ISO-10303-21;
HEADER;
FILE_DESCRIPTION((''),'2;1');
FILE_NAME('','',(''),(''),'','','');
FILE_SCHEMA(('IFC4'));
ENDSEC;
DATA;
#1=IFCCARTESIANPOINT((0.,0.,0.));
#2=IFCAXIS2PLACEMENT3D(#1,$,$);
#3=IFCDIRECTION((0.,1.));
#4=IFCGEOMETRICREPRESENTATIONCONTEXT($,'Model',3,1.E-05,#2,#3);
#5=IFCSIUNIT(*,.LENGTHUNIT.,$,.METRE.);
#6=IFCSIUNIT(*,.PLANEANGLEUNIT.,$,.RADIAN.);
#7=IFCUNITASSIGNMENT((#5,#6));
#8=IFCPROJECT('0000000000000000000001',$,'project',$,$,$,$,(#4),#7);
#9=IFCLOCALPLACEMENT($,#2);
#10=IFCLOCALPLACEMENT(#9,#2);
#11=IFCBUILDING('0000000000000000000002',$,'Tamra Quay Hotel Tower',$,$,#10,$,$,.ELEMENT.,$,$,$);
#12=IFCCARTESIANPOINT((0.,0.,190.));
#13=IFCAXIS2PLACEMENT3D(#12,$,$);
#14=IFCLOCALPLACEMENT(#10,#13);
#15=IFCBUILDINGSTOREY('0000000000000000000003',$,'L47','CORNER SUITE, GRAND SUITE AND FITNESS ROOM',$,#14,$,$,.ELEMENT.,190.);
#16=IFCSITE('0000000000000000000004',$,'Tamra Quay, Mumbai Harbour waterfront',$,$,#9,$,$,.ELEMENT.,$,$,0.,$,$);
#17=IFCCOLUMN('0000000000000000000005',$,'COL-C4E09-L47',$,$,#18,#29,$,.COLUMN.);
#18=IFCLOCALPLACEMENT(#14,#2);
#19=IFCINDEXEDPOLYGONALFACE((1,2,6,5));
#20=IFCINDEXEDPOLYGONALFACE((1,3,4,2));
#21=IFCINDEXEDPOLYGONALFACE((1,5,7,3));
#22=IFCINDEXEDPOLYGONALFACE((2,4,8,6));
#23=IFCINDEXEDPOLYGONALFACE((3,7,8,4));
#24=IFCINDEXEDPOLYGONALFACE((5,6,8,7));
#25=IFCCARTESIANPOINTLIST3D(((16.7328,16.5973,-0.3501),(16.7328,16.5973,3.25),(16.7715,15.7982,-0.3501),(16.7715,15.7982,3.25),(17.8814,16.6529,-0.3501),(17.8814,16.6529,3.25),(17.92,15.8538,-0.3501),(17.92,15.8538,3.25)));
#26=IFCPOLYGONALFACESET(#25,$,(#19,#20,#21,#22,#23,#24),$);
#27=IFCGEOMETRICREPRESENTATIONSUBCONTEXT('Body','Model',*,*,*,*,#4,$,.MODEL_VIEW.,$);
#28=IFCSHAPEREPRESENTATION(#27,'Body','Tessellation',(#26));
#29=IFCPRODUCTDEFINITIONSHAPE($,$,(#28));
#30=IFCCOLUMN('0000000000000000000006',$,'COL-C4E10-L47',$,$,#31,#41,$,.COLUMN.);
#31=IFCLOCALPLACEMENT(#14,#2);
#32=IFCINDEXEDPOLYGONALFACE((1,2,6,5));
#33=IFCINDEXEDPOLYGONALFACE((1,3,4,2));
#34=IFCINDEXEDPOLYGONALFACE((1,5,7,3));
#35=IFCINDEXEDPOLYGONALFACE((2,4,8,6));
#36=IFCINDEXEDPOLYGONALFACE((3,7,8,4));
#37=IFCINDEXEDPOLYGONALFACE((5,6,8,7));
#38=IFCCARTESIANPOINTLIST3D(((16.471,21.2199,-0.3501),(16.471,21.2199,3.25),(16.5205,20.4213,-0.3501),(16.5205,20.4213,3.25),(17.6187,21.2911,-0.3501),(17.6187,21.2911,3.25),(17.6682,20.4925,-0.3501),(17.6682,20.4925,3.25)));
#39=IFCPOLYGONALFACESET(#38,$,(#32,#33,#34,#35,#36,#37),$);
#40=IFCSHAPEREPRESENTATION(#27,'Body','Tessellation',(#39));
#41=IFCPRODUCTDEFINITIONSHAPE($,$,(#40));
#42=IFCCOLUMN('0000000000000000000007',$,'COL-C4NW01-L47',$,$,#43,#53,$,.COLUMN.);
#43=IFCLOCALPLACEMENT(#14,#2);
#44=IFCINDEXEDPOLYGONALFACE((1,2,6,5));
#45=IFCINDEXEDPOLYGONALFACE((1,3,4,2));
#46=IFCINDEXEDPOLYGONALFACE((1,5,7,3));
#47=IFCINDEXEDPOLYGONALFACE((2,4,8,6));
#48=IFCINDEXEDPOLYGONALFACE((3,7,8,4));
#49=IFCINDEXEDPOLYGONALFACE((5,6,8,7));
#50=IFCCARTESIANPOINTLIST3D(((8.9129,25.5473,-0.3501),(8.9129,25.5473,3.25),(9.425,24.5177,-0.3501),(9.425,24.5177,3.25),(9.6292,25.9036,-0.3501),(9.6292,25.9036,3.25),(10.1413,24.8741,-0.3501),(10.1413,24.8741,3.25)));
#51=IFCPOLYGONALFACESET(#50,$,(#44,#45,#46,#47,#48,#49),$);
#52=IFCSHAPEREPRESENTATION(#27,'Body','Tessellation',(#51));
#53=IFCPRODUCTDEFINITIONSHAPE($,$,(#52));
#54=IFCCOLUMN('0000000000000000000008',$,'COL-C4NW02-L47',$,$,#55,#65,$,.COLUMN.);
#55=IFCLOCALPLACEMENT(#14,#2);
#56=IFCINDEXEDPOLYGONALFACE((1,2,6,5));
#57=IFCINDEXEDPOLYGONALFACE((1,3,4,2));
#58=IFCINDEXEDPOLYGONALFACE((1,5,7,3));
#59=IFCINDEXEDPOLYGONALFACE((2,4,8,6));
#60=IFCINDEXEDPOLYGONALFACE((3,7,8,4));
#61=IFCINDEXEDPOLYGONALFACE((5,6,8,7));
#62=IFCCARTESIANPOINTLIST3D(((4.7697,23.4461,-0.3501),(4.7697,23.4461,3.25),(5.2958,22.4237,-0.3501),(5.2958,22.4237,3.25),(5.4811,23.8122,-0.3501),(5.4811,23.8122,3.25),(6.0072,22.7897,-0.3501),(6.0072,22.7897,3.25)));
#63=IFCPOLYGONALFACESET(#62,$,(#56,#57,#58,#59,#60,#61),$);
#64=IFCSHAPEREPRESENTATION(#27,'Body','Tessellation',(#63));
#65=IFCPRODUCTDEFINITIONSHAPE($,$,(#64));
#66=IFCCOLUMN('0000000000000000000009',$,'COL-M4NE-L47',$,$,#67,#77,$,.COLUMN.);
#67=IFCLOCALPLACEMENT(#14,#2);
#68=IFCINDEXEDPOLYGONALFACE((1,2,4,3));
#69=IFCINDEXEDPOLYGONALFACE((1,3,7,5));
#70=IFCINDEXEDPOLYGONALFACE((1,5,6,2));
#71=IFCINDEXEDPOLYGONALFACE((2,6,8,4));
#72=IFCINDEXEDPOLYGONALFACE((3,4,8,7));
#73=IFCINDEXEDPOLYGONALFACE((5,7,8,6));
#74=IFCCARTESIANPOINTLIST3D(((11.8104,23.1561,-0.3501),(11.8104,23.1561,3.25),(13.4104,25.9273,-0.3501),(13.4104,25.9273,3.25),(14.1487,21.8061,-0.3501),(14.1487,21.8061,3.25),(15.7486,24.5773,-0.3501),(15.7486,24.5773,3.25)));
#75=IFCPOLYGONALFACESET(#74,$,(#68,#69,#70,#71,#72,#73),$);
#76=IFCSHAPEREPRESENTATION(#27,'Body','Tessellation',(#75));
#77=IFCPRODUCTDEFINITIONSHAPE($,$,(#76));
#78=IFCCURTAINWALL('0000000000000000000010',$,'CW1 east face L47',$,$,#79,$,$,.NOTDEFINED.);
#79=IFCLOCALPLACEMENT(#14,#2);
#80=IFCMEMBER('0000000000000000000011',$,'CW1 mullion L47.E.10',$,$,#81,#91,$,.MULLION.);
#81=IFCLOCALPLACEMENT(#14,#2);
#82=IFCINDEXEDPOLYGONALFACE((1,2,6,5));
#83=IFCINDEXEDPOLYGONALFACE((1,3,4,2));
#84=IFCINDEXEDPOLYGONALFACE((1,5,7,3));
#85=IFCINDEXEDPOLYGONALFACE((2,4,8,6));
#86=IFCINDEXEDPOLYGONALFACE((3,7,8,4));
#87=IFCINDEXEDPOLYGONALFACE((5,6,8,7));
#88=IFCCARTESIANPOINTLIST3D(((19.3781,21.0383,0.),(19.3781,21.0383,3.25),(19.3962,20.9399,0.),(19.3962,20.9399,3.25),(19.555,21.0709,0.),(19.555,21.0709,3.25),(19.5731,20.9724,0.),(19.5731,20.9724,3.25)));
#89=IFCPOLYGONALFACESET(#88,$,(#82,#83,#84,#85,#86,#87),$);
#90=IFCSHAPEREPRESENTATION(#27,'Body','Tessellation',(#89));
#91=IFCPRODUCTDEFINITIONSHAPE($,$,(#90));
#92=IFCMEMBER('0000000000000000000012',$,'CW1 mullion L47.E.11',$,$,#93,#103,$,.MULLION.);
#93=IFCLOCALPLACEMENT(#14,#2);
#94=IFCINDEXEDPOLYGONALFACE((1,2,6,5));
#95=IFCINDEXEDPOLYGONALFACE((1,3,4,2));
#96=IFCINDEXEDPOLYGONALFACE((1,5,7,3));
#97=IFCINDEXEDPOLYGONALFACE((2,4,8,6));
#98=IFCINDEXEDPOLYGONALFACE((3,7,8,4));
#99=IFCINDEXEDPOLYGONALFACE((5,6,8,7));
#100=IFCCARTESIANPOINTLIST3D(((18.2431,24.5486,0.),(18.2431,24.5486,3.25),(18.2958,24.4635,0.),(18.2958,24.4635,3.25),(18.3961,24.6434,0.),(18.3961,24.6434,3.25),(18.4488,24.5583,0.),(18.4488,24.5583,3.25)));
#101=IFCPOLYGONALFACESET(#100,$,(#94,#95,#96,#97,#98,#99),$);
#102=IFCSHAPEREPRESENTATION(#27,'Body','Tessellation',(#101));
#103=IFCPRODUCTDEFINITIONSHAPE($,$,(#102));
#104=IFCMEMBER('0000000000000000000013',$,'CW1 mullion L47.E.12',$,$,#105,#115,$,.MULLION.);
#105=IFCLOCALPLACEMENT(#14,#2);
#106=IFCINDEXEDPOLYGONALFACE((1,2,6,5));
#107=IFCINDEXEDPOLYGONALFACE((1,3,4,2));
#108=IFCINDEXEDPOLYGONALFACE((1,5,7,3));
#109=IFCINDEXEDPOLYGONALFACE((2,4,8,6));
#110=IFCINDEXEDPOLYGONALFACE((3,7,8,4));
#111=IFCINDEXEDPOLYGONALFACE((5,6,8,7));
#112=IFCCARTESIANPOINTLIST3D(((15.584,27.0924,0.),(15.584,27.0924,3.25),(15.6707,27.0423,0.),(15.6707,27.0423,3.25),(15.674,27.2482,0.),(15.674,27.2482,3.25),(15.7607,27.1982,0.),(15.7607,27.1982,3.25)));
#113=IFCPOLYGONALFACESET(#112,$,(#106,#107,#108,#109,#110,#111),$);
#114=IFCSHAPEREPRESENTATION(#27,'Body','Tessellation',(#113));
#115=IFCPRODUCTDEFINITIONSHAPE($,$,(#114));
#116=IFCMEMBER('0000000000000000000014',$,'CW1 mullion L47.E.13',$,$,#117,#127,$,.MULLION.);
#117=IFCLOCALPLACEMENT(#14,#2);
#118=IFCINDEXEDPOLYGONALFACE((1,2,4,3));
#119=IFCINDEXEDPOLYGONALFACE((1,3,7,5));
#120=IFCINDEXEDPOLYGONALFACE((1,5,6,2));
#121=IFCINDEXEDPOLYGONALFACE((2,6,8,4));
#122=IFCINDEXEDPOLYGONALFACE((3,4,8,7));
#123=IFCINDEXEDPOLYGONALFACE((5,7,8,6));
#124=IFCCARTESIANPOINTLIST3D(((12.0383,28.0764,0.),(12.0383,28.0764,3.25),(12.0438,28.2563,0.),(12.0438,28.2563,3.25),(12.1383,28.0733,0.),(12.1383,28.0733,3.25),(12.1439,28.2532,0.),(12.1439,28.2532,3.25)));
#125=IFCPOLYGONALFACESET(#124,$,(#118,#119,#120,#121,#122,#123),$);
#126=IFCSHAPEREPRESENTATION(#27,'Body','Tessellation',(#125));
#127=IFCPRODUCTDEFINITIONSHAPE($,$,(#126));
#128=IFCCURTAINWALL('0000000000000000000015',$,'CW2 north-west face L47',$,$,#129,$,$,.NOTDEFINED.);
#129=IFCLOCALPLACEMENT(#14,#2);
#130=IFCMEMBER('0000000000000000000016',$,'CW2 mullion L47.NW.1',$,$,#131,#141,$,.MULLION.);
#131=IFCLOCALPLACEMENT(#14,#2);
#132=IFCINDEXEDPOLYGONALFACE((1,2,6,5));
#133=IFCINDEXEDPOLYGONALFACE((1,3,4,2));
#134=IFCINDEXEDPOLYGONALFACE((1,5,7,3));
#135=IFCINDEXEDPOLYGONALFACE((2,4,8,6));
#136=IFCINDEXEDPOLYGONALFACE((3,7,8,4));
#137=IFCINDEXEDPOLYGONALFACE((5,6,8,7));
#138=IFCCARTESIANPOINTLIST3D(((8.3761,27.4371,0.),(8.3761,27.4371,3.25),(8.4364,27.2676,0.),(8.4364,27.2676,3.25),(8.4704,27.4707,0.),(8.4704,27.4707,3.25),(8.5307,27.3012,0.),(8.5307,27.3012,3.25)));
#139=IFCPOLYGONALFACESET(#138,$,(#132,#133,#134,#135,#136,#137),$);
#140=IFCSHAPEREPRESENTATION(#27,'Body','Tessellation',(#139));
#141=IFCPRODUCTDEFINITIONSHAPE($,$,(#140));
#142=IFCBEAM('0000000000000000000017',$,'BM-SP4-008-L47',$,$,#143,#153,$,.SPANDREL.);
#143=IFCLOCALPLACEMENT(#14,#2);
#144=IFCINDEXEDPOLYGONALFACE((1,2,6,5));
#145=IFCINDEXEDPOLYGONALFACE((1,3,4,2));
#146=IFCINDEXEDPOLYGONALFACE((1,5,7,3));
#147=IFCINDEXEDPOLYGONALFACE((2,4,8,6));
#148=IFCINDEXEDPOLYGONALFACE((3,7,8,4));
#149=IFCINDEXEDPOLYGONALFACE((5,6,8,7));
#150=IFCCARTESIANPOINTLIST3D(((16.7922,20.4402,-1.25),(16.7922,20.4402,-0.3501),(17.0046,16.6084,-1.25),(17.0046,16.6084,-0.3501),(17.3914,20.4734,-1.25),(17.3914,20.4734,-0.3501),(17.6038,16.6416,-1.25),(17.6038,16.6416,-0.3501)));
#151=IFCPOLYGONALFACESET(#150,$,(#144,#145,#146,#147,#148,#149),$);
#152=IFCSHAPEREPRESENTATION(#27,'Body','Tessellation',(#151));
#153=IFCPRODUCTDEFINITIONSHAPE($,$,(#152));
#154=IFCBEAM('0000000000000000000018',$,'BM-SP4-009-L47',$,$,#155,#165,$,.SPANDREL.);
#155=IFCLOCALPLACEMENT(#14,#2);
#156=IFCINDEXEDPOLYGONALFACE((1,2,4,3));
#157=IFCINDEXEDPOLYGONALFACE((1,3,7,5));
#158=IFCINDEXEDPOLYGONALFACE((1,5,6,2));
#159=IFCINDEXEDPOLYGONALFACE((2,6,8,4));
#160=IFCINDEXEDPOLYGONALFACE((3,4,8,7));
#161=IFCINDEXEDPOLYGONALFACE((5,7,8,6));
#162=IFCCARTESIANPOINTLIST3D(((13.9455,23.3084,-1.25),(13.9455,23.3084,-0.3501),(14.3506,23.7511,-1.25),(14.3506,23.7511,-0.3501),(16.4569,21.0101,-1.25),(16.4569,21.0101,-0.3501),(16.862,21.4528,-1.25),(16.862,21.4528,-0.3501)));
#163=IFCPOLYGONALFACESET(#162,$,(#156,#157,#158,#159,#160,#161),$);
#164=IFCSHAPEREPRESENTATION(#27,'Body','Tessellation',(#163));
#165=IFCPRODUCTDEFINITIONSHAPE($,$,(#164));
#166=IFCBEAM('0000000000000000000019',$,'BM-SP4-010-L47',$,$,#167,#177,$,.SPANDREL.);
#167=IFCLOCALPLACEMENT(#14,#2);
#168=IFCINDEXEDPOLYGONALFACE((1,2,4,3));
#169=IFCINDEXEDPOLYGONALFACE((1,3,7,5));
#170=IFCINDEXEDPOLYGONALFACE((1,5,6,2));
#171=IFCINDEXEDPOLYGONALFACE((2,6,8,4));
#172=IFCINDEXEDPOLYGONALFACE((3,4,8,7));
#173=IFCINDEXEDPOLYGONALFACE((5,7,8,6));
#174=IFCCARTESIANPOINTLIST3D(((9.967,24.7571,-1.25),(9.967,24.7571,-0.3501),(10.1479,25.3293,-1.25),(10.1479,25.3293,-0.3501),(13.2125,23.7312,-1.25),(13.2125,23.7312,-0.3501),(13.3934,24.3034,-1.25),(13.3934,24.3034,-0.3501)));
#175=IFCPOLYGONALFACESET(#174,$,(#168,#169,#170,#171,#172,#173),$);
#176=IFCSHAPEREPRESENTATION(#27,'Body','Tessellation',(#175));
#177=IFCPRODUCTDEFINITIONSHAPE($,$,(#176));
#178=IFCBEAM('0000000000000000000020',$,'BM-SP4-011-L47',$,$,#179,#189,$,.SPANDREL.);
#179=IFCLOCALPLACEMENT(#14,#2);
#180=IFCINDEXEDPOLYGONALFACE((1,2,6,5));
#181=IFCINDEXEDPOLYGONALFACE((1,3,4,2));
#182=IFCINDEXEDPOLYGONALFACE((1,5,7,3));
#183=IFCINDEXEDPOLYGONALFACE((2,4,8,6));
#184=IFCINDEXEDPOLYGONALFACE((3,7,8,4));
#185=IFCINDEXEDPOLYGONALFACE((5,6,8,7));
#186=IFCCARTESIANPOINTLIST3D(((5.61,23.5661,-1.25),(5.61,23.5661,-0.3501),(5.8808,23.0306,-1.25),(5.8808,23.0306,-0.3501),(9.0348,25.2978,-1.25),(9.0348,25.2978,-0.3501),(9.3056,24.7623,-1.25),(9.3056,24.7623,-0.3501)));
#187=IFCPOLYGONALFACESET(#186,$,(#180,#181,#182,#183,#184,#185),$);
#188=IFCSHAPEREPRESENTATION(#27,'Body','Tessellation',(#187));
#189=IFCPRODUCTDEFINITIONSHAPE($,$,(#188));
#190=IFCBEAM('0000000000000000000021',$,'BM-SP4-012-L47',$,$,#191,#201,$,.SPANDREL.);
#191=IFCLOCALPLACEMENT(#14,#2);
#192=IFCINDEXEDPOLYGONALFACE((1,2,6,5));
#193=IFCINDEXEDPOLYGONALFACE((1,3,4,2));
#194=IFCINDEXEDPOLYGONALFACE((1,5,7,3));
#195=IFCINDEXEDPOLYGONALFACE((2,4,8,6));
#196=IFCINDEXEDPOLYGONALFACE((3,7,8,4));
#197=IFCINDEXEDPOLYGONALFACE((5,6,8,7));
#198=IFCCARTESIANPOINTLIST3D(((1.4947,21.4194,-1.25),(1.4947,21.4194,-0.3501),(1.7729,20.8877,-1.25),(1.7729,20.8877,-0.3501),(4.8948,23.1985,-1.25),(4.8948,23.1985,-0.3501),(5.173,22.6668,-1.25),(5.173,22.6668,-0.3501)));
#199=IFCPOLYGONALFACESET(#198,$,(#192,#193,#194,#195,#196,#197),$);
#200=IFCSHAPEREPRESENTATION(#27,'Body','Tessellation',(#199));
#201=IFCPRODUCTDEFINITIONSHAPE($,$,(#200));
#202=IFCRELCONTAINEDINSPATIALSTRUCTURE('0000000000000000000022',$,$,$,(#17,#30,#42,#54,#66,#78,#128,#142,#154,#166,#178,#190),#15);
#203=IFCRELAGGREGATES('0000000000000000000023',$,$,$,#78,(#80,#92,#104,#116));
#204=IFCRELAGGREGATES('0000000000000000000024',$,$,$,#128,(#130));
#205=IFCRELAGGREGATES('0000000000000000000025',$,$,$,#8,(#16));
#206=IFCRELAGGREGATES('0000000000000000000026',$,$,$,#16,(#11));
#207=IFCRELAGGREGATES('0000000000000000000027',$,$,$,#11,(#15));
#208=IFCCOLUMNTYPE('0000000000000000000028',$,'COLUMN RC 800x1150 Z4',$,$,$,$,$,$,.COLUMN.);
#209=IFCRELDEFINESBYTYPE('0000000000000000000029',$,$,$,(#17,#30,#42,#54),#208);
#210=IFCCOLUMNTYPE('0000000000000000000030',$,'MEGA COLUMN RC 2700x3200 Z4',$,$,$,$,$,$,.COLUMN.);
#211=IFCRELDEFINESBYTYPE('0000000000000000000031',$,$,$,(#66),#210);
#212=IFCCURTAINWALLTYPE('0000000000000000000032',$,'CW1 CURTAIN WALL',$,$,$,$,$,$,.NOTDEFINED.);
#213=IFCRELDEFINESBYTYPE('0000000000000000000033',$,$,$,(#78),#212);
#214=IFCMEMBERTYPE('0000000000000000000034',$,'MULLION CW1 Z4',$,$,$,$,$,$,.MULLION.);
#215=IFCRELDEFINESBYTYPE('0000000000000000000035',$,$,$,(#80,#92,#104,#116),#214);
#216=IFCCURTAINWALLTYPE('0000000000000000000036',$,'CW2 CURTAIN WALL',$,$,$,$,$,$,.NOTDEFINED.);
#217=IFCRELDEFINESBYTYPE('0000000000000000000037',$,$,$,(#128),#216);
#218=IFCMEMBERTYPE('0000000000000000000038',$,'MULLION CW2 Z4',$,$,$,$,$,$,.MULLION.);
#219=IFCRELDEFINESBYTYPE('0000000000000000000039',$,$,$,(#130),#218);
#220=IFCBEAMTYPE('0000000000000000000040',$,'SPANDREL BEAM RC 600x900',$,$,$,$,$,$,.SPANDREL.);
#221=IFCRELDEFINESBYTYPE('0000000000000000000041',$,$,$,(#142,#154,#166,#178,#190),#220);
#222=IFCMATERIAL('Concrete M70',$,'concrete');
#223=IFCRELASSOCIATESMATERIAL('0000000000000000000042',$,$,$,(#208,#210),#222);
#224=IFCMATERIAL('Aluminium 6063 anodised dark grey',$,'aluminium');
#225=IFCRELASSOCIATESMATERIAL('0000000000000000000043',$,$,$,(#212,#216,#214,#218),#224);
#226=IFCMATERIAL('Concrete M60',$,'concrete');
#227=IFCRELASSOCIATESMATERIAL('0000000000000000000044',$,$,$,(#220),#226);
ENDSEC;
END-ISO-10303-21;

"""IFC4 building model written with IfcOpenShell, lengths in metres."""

from ifc_helpers import new_model, si_unit, direction, frame, origin, origin_2d, place, context, subcontext, project, spatial, rectangle, extrude, material, material_profile, profile_set, type_object, element, aggregate, save


model = new_model("IFC4")

# Units and contexts
model_context = context("Model", 3, precision=1e-05, world=origin(), true_north=direction((0.0, 1.0)))
body_context = subcontext(model_context, "Body", "Model", "MODEL_VIEW")
ifc_project = project(units=[si_unit("LENGTHUNIT", "METRE"), si_unit("PLANEANGLEUNIT", "RADIAN")], contexts=[model_context])

# Site, building, storey
site_placement = place(None, origin())
site = spatial("IfcSite", under=ifc_project, at=site_placement, Name="Tamra Quay, Mumbai Harbour waterfront", CompositionType="ELEMENT", RefElevation=0.0)
building_placement = place(site_placement, origin())
building = spatial("IfcBuilding", under=site, at=building_placement, Name="Tamra Quay Hotel Tower", CompositionType="ELEMENT")
storey_placement = place(building_placement, frame((0.0, 0.0, 190.0)))
storey = spatial("IfcBuildingStorey", under=building, at=storey_placement, Name="L47", Description="CORNER SUITE, GRAND SUITE AND FITNESS ROOM", CompositionType="ELEMENT", Elevation=190.0)

# Columns
ifc_material_1 = material(Name="Concrete M70", Category="concrete")
ifc_material_profile_1 = material_profile(ifc_material_1, rectangle(XDim=1.1499, YDim=0.8, at=origin_2d()), Name="COLUMN RC 800x1150 Z4")
ifc_profile_set_1 = profile_set([ifc_material_profile_1], Name="Concrete M70")
column_type_1 = type_object("IfcColumnType", Name="COLUMN RC 800x1150 Z4", PredefinedType="COLUMN", material=ifc_profile_set_1)
for number, where, z_axis, x_axis, name in (
    (1, (17.3264, 16.2256, -0.3501), (0.0, 0.0, 1.0), (0.998831, 0.048344, 0.0), "COL-C4E09-L47"),
    (2, (17.0696, 20.8562, -0.3501), (0.0, 0.0, 1.0), (0.998081, 0.061921, 0.0), "COL-C4E10-L47"),
    (3, (9.5271, 25.2107, -0.3501), (0.0, 0.0, 1.0), (-0.445415, 0.895324, 0.0), "COL-C4NW01-L47"),
    (4, (5.3884, 23.1179, -0.3501), (0.0, 0.0, 1.0), (-0.457548, 0.889185, 0.0), "COL-C4NW02-L47"),
):
    element("IfcColumn", number, at=place(storey_placement, frame(where, z_axis=z_axis, x_axis=x_axis)), inside=storey, type_object=column_type_1, Name=name, PredefinedType="COLUMN", context=body_context, shape_type="SweptSolid", body=[
        extrude(rectangle(XDim=1.1499, YDim=0.8, at=origin_2d()), origin(), (0.0, 0.0, 1.0), 3.6001),
    ])
ifc_material_profile_2 = material_profile(ifc_material_1, rectangle(XDim=3.2, YDim=2.7, at=origin_2d()), Name="MEGA COLUMN RC 2700x3200 Z4")
ifc_profile_set_2 = profile_set([ifc_material_profile_2], Name="Concrete M70")
column_type_2 = type_object("IfcColumnType", Name="MEGA COLUMN RC 2700x3200 Z4", PredefinedType="COLUMN", material=ifc_profile_set_2)
column_placement = place(storey_placement, frame((13.7795, 23.8667, -0.3501), z_axis=(0.0, 0.0, 1.0), x_axis=(0.5, 0.866025, 0.0)))
element("IfcColumn", 5, at=column_placement, inside=storey, type_object=column_type_2, Name="COL-M4NE-L47", PredefinedType="COLUMN", context=body_context, shape_type="SweptSolid", body=[
    extrude(rectangle(XDim=3.2, YDim=2.7, at=origin_2d()), origin(), (0.0, 0.0, 1.0), 3.6001),
])

# Curtain wall, members
ifc_material_2 = material(Name="Aluminium 6063 anodised dark grey", Category="aluminium")
curtain_wall_type_1 = type_object("IfcCurtainWallType", Name="CW1 CURTAIN WALL", PredefinedType="NOTDEFINED", material=ifc_material_2)
curtain_wall_1_placement = place(storey_placement, origin())
curtain_wall_1 = element("IfcCurtainWall", 6, at=curtain_wall_1_placement, inside=storey, type_object=curtain_wall_type_1, Name="CW1 east face L47", PredefinedType="NOTDEFINED")
ifc_material_profile_3 = material_profile(ifc_material_2, rectangle(XDim=0.1799, YDim=0.1001, at=origin_2d()), Name="MULLION 100X180")
ifc_profile_set_3 = profile_set([ifc_material_profile_3], Name="Aluminium 6063 anodised dark grey")
member_type_1 = type_object("IfcMemberType", Name="MULLION CW1 Z4", PredefinedType="MULLION", material=ifc_profile_set_3)
member_1_placement = place(storey_placement, frame((19.4756, 21.0054, 0.0), z_axis=(0.0, 0.0, 1.0), x_axis=(0.983509, 0.180857, 0.0)))
member_1 = element("IfcMember", 7, at=member_1_placement, type_object=member_type_1, Name="CW1 mullion L47.E.10", PredefinedType="MULLION", context=body_context, shape_type="SweptSolid", body=[
    extrude(rectangle(XDim=0.1799, YDim=0.1001, at=origin_2d()), origin(), (0.0, 0.0, 1.0), 3.25),
])
member_2_placement = place(storey_placement, frame((18.3459, 24.5535, 0.0), z_axis=(0.0, 0.0, 1.0), x_axis=(0.850122, 0.526586, 0.0)))
member_2 = element("IfcMember", 8, at=member_2_placement, type_object=member_type_1, Name="CW1 mullion L47.E.11", PredefinedType="MULLION", context=body_context, shape_type="SweptSolid", body=[
    extrude(rectangle(XDim=0.1799, YDim=0.1001, at=origin_2d()), origin(), (0.0, 0.0, 1.0), 3.25),
])
member_3_placement = place(storey_placement, frame((15.6724, 27.1453, 0.0), z_axis=(0.0, 0.0, 1.0), x_axis=(0.5, 0.866025, 0.0)))
member_3 = element("IfcMember", 9, at=member_3_placement, type_object=member_type_1, Name="CW1 mullion L47.E.12", PredefinedType="MULLION", context=body_context, shape_type="SweptSolid", body=[
    extrude(rectangle(XDim=0.1799, YDim=0.1001, at=origin_2d()), origin(), (0.0, 0.0, 1.0), 3.25),
])
member_4_placement = place(storey_placement, frame((12.0911, 28.1648, 0.0), z_axis=(0.0, 0.0, 1.0), x_axis=(0.030975, 0.99952, 0.0)))
member_4 = element("IfcMember", 10, at=member_4_placement, type_object=member_type_1, Name="CW1 mullion L47.E.13", PredefinedType="MULLION", context=body_context, shape_type="SweptSolid", body=[
    extrude(rectangle(XDim=0.1799, YDim=0.1001, at=origin_2d()), origin(), (0.0, 0.0, 1.0), 3.25),
])

# Curtain wall, member
curtain_wall_type_2 = type_object("IfcCurtainWallType", Name="CW2 CURTAIN WALL", PredefinedType="NOTDEFINED", material=ifc_material_2)
curtain_wall_2_placement = place(storey_placement, origin())
curtain_wall_2 = element("IfcCurtainWall", 11, at=curtain_wall_2_placement, inside=storey, type_object=curtain_wall_type_2, Name="CW2 north-west face L47", PredefinedType="NOTDEFINED")
ifc_material_profile_4 = material_profile(ifc_material_2, rectangle(XDim=0.1799, YDim=0.1001, at=origin_2d()), Name="MULLION 100X180")
ifc_profile_set_4 = profile_set([ifc_material_profile_4], Name="Aluminium 6063 anodised dark grey")
member_type_2 = type_object("IfcMemberType", Name="MULLION CW2 Z4", PredefinedType="MULLION", material=ifc_profile_set_4)
member_5_placement = place(storey_placement, frame((8.4534, 27.3691, 0.0), z_axis=(0.0, 0.0, 1.0), x_axis=(-0.335128, 0.942172, 0.0)))
member_5 = element("IfcMember", 12, at=member_5_placement, type_object=member_type_2, Name="CW2 mullion L47.NW.1", PredefinedType="MULLION", context=body_context, shape_type="SweptSolid", body=[
    extrude(rectangle(XDim=0.1799, YDim=0.1001, at=origin_2d()), origin(), (0.0, 0.0, 1.0), 3.25),
])

# Beams
ifc_material_3 = material(Name="Concrete M60", Category="concrete")
ifc_material_profile_5 = material_profile(ifc_material_3, rectangle(XDim=0.6001, YDim=0.8999, at=origin_2d()), Name="SPANDREL BEAM RC 600x900")
ifc_profile_set_5 = profile_set([ifc_material_profile_5], Name="Concrete M60")
beam_type = type_object("IfcBeamType", Name="SPANDREL BEAM RC 600x900", PredefinedType="SPANDREL", material=ifc_profile_set_5)
beam_1_placement = place(storey_placement, frame((17.3042, 16.625, -0.8), z_axis=(-0.055347, 0.998467, 0.0), x_axis=(-0.998467, -0.055347, 0.0)))
element("IfcBeam", 13, at=beam_1_placement, inside=storey, type_object=beam_type, Name="BM-SP4-008-L47", PredefinedType="SPANDREL", context=body_context, shape_type="SweptSolid", body=[
    extrude(rectangle(XDim=0.6001, YDim=0.8999, at=origin_2d()), origin(), (0.0, 0.0, 1.0), 3.8376),
])
beam_2_placement = place(storey_placement, frame((16.6594, 21.2314, -0.8), z_axis=(-0.737716, 0.675111, 0.0), x_axis=(-0.675111, -0.737716, 0.0)))
element("IfcBeam", 14, at=beam_2_placement, inside=storey, type_object=beam_type, Name="BM-SP4-009-L47", PredefinedType="SPANDREL", context=body_context, shape_type="SweptSolid", body=[
    extrude(rectangle(XDim=0.6001, YDim=0.8999, at=origin_2d()), origin(), (0.0, 0.0, 1.0), 3.4043),
])
beam_3_placement = place(storey_placement, frame((13.303, 24.0173, -0.8), z_axis=(-0.953502, 0.301385, 0.0), x_axis=(-0.301385, -0.953502, 0.0)))
element("IfcBeam", 15, at=beam_3_placement, inside=storey, type_object=beam_type, Name="BM-SP4-010-L47", PredefinedType="SPANDREL", context=body_context, shape_type="SweptSolid", body=[
    extrude(rectangle(XDim=0.6001, YDim=0.8999, at=origin_2d()), origin(), (0.0, 0.0, 1.0), 3.4038),
])
beam_4_placement = place(storey_placement, frame((9.1702, 25.03, -0.8), z_axis=(-0.892408, -0.45123, 0.0), x_axis=(0.45123, -0.892408, 0.0)))
element("IfcBeam", 16, at=beam_4_placement, inside=storey, type_object=beam_type, Name="BM-SP4-011-L47", PredefinedType="SPANDREL", context=body_context, shape_type="SweptSolid", body=[
    extrude(rectangle(XDim=0.6001, YDim=0.8999, at=origin_2d()), origin(), (0.0, 0.0, 1.0), 3.8376),
])
beam_5_placement = place(storey_placement, frame((5.0339, 22.9326, -0.8), z_axis=(-0.886043, -0.463603, 0.0), x_axis=(0.463603, -0.886043, 0.0)))
element("IfcBeam", 17, at=beam_5_placement, inside=storey, type_object=beam_type, Name="BM-SP4-012-L47", PredefinedType="SPANDREL", context=body_context, shape_type="SweptSolid", body=[
    extrude(rectangle(XDim=0.6001, YDim=0.8999, at=origin_2d()), origin(), (0.0, 0.0, 1.0), 3.8374),
])

aggregate(curtain_wall_1, [member_1, member_2, member_3, member_4])
aggregate(curtain_wall_2, [member_5])

save(model, "model.ifc")
